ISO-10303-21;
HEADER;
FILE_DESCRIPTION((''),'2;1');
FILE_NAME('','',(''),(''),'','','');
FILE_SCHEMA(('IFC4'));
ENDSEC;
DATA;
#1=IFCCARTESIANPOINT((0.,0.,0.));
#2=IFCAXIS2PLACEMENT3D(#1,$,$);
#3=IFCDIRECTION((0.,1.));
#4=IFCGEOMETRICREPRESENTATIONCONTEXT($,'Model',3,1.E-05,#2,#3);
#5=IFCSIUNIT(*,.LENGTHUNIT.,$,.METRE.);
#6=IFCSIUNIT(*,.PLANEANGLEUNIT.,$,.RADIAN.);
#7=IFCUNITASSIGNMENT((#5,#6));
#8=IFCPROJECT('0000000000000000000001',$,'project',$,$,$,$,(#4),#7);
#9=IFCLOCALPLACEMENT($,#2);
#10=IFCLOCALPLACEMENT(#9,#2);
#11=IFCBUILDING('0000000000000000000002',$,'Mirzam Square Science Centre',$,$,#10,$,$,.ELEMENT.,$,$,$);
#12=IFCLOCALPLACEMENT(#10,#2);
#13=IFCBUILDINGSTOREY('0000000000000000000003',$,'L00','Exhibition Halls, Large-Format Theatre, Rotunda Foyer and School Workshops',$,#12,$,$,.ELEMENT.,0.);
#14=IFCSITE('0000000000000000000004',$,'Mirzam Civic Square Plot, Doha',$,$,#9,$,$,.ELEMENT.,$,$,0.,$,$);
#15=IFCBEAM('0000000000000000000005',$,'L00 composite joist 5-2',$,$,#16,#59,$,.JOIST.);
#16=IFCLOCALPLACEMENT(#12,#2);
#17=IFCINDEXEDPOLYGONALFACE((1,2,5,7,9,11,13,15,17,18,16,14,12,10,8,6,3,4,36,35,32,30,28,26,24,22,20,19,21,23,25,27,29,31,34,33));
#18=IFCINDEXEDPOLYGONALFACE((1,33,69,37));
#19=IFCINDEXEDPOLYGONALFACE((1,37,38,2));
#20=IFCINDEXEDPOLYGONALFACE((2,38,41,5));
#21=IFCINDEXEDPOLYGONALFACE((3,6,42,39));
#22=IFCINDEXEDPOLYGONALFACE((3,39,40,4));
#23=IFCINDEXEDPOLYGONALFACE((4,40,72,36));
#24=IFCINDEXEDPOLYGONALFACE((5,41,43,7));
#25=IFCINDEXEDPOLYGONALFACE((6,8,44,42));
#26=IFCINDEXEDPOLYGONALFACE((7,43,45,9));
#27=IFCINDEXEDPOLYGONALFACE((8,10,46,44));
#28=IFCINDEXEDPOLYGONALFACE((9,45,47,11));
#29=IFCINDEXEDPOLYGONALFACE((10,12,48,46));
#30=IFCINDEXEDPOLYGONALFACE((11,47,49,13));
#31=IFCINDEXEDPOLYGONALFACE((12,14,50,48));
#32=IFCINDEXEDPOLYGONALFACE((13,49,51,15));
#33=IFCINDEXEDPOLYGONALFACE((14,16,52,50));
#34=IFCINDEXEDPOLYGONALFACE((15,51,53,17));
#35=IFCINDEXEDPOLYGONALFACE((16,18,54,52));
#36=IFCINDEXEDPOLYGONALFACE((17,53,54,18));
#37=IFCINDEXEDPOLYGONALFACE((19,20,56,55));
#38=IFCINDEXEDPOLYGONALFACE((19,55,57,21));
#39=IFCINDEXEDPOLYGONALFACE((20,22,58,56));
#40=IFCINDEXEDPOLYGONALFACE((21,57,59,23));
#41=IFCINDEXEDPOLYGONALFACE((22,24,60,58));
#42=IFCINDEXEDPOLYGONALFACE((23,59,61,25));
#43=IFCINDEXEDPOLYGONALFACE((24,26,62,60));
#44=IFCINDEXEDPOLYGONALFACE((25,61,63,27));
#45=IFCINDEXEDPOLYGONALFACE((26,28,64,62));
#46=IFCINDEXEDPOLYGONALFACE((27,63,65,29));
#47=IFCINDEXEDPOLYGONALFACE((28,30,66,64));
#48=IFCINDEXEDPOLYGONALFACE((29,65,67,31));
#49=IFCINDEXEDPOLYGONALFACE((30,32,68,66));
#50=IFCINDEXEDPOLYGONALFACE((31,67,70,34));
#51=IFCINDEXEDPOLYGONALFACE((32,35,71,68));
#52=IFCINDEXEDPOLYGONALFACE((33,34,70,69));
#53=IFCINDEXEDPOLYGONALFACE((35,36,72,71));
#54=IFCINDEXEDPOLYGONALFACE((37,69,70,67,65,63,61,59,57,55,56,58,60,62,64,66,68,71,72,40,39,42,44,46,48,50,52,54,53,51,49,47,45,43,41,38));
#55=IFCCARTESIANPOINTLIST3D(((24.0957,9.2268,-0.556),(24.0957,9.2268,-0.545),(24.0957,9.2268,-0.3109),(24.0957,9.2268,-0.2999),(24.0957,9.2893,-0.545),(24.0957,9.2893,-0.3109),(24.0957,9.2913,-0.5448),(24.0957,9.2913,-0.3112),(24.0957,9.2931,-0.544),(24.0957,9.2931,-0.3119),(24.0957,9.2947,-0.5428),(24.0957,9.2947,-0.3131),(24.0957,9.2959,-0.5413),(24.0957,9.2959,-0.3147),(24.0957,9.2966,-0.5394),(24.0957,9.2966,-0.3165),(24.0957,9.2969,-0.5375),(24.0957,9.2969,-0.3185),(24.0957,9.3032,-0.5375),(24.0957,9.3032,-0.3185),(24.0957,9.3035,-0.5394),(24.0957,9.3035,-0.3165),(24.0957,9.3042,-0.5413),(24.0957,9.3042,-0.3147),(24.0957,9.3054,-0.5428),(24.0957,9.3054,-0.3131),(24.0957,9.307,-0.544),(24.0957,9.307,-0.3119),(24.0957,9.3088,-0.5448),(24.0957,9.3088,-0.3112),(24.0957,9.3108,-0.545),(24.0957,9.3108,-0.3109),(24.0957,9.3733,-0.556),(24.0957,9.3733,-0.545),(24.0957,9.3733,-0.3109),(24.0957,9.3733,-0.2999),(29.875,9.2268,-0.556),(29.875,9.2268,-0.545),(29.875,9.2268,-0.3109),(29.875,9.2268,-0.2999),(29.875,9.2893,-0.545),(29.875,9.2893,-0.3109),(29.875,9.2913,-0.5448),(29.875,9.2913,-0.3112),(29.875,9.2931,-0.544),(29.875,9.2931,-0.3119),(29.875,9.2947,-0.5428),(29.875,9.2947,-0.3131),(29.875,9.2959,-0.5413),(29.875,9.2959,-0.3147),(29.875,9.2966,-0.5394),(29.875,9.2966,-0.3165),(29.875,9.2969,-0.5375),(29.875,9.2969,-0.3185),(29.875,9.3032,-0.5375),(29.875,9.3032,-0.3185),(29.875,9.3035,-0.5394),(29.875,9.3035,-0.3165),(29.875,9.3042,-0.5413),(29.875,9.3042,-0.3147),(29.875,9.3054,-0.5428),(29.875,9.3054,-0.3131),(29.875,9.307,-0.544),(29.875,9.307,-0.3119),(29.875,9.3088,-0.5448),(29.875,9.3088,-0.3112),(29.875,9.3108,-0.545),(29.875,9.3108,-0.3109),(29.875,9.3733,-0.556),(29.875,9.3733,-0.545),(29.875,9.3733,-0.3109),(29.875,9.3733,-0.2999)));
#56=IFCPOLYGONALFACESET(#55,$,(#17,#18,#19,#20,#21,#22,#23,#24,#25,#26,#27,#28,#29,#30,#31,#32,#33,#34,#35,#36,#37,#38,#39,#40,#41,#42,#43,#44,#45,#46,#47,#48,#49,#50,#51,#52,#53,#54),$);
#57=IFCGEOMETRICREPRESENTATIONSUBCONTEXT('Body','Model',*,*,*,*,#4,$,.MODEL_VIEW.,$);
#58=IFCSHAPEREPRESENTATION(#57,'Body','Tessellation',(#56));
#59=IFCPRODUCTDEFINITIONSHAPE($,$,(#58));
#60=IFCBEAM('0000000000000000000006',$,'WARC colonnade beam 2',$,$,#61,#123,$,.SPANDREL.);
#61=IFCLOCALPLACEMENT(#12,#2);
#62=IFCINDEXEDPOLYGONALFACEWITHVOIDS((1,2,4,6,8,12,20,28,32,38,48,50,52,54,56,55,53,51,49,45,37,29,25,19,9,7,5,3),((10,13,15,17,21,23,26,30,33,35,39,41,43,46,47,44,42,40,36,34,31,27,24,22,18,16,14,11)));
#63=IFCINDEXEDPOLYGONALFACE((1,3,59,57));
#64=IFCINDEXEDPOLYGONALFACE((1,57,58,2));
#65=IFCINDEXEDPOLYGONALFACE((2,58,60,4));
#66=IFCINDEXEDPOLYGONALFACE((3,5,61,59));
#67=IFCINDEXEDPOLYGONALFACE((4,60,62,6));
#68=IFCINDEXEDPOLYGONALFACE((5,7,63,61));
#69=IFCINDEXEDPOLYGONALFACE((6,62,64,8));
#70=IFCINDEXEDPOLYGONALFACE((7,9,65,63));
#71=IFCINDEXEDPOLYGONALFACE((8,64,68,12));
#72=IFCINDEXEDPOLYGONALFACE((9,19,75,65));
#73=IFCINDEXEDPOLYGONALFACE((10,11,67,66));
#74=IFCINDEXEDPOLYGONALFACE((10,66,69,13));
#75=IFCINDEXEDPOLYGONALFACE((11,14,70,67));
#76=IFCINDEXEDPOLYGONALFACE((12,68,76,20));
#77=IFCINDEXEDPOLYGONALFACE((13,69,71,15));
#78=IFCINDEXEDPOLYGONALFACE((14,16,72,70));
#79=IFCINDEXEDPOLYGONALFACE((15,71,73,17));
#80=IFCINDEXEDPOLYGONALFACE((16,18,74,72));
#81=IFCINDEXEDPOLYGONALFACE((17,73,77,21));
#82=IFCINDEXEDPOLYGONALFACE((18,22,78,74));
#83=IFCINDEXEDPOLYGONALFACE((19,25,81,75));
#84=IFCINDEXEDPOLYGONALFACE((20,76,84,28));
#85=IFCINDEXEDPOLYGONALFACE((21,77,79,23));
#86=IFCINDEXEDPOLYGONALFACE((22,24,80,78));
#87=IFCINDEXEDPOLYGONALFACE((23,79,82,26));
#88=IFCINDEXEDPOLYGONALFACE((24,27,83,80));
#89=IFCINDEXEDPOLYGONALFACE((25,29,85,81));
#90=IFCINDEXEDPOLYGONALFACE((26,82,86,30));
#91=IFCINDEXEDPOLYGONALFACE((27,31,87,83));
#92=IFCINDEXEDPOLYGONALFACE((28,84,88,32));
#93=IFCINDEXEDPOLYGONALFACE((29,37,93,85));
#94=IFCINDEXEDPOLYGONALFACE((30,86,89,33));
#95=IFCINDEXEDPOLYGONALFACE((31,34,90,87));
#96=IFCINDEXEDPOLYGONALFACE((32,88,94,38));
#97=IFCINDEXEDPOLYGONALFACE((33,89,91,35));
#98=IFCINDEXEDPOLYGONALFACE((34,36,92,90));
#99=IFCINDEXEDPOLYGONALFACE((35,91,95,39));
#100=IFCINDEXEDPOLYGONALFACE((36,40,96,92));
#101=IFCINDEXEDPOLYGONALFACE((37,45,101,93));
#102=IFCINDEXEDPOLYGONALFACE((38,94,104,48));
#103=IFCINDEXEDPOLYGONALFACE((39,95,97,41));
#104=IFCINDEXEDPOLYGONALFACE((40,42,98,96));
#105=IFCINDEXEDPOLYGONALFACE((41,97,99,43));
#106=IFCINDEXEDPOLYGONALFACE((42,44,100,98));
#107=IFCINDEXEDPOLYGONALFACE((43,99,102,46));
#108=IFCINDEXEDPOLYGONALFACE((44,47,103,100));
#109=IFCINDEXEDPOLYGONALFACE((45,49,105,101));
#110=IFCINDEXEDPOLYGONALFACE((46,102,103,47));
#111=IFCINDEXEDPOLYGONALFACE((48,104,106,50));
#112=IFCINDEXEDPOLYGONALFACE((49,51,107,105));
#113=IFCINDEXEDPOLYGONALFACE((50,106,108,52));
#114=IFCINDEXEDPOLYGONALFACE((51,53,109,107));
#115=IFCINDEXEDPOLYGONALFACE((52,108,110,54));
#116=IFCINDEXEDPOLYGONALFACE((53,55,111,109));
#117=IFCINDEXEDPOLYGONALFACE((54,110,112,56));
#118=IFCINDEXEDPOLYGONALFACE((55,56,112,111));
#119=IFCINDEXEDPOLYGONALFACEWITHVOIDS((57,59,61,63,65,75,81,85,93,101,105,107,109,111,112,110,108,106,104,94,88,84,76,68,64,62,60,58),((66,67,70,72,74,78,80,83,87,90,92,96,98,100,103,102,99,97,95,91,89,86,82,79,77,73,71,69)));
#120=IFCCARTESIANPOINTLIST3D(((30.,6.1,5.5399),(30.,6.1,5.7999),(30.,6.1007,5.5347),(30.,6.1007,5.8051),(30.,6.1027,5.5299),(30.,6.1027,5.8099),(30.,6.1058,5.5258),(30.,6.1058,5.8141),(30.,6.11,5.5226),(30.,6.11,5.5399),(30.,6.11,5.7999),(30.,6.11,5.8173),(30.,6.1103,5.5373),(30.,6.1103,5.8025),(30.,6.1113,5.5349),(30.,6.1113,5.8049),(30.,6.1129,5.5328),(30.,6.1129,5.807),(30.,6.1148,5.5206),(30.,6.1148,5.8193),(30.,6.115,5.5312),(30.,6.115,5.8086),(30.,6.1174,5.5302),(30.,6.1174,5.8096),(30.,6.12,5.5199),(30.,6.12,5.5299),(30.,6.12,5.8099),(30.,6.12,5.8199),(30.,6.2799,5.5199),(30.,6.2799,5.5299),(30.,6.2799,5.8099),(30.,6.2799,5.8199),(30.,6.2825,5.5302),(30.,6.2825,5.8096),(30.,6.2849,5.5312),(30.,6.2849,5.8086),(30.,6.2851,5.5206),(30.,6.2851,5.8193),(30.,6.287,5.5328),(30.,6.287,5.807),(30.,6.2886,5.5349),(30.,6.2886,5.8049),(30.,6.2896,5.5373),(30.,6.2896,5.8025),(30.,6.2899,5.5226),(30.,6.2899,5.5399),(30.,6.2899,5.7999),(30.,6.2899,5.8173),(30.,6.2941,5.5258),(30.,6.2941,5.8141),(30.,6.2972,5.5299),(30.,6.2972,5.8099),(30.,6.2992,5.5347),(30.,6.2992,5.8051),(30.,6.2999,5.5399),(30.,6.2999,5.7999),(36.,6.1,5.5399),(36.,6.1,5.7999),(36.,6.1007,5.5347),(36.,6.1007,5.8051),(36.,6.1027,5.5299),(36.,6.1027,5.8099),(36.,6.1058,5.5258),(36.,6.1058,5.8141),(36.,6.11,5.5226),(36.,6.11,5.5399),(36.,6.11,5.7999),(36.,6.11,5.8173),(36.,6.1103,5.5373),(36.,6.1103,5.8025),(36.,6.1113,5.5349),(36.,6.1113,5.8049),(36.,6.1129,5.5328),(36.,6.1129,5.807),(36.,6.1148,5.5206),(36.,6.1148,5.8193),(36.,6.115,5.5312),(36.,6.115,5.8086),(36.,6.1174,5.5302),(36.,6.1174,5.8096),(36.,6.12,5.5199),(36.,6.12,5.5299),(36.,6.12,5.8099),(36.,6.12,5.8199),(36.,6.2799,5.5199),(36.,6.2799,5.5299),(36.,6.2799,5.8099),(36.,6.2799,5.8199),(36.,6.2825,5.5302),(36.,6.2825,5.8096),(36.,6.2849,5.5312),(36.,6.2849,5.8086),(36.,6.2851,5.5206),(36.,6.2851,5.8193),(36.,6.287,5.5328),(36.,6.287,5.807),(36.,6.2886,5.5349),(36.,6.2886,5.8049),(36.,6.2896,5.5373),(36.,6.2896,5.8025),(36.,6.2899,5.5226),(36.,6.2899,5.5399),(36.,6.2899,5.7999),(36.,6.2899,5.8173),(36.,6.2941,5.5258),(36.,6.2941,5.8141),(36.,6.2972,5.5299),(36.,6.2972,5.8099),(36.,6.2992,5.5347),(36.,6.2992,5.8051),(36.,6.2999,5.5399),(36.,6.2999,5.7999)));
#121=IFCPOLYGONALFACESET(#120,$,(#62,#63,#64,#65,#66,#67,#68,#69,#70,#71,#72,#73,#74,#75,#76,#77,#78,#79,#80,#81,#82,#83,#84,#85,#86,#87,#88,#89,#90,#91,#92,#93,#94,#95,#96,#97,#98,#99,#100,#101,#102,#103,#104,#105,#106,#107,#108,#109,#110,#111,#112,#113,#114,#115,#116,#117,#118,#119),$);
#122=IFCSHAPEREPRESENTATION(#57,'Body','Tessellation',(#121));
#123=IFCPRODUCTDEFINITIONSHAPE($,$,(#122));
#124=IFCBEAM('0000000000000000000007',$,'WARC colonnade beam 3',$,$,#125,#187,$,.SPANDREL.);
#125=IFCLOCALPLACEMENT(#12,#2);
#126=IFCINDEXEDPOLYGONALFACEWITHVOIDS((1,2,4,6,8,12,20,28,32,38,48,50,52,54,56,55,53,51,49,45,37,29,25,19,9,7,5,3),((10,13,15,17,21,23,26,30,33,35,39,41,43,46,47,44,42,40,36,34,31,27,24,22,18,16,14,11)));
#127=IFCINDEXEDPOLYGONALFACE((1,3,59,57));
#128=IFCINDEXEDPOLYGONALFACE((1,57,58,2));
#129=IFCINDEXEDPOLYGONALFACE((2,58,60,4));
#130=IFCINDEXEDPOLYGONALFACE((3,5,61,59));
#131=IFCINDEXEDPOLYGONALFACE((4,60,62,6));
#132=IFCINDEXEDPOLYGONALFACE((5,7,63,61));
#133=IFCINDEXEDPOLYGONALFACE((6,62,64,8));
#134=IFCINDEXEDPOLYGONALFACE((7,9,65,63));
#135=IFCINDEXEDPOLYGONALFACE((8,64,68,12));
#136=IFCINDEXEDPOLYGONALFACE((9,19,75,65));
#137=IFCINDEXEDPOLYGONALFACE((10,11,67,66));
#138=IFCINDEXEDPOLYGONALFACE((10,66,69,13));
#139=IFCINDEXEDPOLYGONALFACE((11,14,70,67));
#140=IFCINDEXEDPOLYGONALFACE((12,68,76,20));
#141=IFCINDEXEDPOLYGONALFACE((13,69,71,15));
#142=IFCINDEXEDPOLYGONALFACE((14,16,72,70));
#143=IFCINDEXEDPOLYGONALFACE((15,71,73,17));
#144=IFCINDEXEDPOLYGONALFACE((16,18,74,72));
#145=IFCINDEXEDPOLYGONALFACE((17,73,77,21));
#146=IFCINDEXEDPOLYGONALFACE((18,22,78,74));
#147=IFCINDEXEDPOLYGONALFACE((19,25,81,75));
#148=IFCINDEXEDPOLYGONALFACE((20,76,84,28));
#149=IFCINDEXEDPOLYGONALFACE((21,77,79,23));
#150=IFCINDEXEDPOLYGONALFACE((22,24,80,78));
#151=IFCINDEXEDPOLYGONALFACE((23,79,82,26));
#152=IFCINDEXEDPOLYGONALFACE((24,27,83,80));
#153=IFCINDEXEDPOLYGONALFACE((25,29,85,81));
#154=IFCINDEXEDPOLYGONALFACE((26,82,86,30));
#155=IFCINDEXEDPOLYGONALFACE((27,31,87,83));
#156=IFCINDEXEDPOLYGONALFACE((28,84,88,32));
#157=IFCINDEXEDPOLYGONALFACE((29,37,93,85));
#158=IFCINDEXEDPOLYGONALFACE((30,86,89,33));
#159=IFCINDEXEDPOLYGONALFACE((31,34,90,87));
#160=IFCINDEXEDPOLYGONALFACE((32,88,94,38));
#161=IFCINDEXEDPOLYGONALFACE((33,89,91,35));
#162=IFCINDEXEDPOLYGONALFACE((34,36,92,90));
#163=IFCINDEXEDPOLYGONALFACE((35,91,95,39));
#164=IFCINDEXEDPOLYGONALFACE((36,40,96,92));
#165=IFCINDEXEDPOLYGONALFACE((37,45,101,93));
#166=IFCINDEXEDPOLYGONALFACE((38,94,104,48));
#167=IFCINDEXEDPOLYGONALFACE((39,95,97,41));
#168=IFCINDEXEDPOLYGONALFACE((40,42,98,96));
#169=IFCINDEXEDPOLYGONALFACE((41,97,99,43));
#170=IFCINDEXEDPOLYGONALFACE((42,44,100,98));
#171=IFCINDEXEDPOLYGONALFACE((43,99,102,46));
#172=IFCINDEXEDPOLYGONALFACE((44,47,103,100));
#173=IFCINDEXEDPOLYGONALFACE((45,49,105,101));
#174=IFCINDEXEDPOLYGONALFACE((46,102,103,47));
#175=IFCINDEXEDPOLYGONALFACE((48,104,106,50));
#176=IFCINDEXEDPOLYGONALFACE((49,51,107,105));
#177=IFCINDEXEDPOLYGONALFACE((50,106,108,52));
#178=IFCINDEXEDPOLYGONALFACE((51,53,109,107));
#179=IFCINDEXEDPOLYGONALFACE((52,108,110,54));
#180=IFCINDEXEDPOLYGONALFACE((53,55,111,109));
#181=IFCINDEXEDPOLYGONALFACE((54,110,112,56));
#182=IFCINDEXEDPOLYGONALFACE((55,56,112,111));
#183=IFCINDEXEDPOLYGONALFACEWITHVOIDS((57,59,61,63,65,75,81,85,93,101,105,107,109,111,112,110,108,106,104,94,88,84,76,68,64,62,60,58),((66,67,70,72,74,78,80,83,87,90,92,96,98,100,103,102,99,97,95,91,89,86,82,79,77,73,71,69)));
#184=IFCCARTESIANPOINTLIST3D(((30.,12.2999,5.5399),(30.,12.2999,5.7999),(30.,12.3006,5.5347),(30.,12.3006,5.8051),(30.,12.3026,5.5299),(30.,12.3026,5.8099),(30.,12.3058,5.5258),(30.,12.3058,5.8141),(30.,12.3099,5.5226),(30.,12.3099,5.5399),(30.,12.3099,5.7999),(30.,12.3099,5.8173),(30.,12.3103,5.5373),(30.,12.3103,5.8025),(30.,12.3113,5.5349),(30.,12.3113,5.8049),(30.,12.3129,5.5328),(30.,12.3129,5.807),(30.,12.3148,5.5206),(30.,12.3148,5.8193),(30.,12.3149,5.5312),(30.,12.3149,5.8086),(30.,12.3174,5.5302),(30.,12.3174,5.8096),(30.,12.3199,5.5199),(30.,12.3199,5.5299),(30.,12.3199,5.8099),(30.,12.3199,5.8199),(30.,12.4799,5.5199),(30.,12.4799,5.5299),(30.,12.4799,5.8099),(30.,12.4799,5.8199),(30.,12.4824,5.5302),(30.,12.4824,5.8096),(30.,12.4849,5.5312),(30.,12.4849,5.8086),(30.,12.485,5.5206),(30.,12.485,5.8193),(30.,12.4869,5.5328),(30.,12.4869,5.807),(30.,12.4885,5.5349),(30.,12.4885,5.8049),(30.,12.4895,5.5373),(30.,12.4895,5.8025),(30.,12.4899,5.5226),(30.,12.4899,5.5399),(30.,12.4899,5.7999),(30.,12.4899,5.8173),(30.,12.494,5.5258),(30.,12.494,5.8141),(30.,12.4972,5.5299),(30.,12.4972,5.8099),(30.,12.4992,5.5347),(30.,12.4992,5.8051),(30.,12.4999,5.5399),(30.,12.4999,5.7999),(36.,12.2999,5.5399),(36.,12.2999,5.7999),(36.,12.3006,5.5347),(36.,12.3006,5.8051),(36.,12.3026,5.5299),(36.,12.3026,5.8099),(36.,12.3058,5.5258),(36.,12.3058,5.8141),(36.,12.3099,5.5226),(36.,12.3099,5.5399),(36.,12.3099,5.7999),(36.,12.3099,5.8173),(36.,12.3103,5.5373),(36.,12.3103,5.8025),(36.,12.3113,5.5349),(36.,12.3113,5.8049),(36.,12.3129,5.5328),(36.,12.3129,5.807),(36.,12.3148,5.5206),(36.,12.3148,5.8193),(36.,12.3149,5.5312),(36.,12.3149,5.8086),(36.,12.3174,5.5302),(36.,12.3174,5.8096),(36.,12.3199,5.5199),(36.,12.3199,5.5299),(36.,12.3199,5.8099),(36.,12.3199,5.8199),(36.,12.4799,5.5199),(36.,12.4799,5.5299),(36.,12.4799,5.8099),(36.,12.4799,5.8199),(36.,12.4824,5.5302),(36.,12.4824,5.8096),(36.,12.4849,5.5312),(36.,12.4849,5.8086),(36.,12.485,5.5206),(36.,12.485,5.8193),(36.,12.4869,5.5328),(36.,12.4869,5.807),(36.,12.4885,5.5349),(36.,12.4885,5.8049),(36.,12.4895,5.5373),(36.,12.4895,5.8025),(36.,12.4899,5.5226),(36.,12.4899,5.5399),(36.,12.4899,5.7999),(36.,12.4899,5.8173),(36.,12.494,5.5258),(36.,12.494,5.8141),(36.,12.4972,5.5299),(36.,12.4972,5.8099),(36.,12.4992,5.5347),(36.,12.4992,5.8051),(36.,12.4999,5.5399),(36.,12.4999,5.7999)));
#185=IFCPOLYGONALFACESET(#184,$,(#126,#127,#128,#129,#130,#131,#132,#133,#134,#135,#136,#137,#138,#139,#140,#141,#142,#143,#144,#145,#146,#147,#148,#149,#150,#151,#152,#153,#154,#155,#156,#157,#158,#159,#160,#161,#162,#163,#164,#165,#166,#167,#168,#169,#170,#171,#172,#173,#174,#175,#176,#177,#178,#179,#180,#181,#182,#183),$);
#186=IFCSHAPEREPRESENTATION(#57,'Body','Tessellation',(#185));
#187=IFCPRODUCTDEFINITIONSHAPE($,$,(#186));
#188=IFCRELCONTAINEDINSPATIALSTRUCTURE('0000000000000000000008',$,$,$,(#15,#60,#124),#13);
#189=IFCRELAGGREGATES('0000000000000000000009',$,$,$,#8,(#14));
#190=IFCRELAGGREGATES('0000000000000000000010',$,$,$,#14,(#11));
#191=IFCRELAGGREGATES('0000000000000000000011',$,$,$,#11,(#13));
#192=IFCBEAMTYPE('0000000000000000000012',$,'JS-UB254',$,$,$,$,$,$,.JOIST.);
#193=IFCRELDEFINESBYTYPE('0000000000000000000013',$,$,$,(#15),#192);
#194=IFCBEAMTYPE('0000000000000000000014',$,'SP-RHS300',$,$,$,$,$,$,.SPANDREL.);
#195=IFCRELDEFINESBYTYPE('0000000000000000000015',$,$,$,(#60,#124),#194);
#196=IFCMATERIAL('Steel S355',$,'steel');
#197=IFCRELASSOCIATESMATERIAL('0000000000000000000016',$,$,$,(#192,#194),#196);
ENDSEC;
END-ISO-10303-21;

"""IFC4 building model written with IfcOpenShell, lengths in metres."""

from ifc_helpers import new_model, si_unit, direction, frame, origin, origin_2d, place, context, subcontext, project, spatial, hollow_rectangle, i_section, extrude, material, material_profile, profile_set, type_object, element, save


model = new_model("IFC4")

# Units and contexts
model_context = context("Model", 3, precision=1e-05, world=origin(), true_north=direction((0.0, 1.0)))
body_context = subcontext(model_context, "Body", "Model", "MODEL_VIEW")
ifc_project = project(units=[si_unit("LENGTHUNIT", "METRE"), si_unit("PLANEANGLEUNIT", "RADIAN")], contexts=[model_context])

# Site, building, storey
site_placement = place(None, origin())
site = spatial("IfcSite", under=ifc_project, at=site_placement, Name="Mirzam Civic Square Plot, Doha", CompositionType="ELEMENT", RefElevation=0.0)
building_placement = place(site_placement, origin())
building = spatial("IfcBuilding", under=site, at=building_placement, Name="Mirzam Square Science Centre", CompositionType="ELEMENT")
storey_placement = place(building_placement, origin())
storey = spatial("IfcBuildingStorey", under=building, at=storey_placement, Name="L00", Description="Exhibition Halls, Large-Format Theatre, Rotunda Foyer and School Workshops", CompositionType="ELEMENT", Elevation=0.0)

# Shared definitions
ifc_material_1 = material(Name="Steel S355", Category="steel")

# Beams
ifc_material_profile_1 = material_profile(ifc_material_1, i_section(OverallWidth=0.1465, OverallDepth=0.2561, WebThickness=0.0063, FlangeThickness=0.011, FilletRadius=0.0076, at=origin_2d()), Name="254x146x37UB")
ifc_profile_set_1 = profile_set([ifc_material_profile_1], Name="Steel S355")
beam_type_1 = type_object("IfcBeamType", Name="JS-UB254", PredefinedType="JOIST", material=ifc_profile_set_1)
beam_1_placement = place(storey_placement, frame((24.0957, 9.3, -0.428), z_axis=(1.0, 0.0, 0.0), x_axis=(0.0, 1.0, 0.0)))
element("IfcBeam", 1, at=beam_1_placement, inside=storey, type_object=beam_type_1, Name="L00 composite joist 5-2", PredefinedType="JOIST", context=body_context, shape_type="SweptSolid", body=[
    extrude(i_section(OverallWidth=0.1465, OverallDepth=0.2561, WebThickness=0.0063, FlangeThickness=0.011, FilletRadius=0.0076, at=origin_2d()), origin(), (0.0, 0.0, 1.0), 5.7793),
])
ifc_material_profile_2 = material_profile(ifc_material_1, hollow_rectangle(XDim=0.2, YDim=0.3, WallThickness=0.01, InnerFilletRadius=0.01, OuterFilletRadius=0.02, at=origin_2d()), Name="300x200x10.0RHS")
ifc_profile_set_2 = profile_set([ifc_material_profile_2], Name="Steel S355")
beam_type_2 = type_object("IfcBeamType", Name="SP-RHS300", PredefinedType="SPANDREL", material=ifc_profile_set_2)
for number, where, z_axis, x_axis, name in (
    (2, (30.0, 6.2, 5.6699), (1.0, 0.0, 0.0), (0.0, 1.0, 0.0), "WARC colonnade beam 2"),
    (3, (30.0, 12.3999, 5.6699), (1.0, 0.0, 0.0), (0.0, 1.0, 0.0), "WARC colonnade beam 3"),
):
    element("IfcBeam", number, at=place(storey_placement, frame(where, z_axis=z_axis, x_axis=x_axis)), inside=storey, type_object=beam_type_2, Name=name, PredefinedType="SPANDREL", context=body_context, shape_type="SweptSolid", body=[
        extrude(hollow_rectangle(XDim=0.2, YDim=0.3, WallThickness=0.01, InnerFilletRadius=0.01, OuterFilletRadius=0.02, at=origin_2d()), origin(), (0.0, 0.0, 1.0), 6.0),
    ])

save(model, "model.ifc")
